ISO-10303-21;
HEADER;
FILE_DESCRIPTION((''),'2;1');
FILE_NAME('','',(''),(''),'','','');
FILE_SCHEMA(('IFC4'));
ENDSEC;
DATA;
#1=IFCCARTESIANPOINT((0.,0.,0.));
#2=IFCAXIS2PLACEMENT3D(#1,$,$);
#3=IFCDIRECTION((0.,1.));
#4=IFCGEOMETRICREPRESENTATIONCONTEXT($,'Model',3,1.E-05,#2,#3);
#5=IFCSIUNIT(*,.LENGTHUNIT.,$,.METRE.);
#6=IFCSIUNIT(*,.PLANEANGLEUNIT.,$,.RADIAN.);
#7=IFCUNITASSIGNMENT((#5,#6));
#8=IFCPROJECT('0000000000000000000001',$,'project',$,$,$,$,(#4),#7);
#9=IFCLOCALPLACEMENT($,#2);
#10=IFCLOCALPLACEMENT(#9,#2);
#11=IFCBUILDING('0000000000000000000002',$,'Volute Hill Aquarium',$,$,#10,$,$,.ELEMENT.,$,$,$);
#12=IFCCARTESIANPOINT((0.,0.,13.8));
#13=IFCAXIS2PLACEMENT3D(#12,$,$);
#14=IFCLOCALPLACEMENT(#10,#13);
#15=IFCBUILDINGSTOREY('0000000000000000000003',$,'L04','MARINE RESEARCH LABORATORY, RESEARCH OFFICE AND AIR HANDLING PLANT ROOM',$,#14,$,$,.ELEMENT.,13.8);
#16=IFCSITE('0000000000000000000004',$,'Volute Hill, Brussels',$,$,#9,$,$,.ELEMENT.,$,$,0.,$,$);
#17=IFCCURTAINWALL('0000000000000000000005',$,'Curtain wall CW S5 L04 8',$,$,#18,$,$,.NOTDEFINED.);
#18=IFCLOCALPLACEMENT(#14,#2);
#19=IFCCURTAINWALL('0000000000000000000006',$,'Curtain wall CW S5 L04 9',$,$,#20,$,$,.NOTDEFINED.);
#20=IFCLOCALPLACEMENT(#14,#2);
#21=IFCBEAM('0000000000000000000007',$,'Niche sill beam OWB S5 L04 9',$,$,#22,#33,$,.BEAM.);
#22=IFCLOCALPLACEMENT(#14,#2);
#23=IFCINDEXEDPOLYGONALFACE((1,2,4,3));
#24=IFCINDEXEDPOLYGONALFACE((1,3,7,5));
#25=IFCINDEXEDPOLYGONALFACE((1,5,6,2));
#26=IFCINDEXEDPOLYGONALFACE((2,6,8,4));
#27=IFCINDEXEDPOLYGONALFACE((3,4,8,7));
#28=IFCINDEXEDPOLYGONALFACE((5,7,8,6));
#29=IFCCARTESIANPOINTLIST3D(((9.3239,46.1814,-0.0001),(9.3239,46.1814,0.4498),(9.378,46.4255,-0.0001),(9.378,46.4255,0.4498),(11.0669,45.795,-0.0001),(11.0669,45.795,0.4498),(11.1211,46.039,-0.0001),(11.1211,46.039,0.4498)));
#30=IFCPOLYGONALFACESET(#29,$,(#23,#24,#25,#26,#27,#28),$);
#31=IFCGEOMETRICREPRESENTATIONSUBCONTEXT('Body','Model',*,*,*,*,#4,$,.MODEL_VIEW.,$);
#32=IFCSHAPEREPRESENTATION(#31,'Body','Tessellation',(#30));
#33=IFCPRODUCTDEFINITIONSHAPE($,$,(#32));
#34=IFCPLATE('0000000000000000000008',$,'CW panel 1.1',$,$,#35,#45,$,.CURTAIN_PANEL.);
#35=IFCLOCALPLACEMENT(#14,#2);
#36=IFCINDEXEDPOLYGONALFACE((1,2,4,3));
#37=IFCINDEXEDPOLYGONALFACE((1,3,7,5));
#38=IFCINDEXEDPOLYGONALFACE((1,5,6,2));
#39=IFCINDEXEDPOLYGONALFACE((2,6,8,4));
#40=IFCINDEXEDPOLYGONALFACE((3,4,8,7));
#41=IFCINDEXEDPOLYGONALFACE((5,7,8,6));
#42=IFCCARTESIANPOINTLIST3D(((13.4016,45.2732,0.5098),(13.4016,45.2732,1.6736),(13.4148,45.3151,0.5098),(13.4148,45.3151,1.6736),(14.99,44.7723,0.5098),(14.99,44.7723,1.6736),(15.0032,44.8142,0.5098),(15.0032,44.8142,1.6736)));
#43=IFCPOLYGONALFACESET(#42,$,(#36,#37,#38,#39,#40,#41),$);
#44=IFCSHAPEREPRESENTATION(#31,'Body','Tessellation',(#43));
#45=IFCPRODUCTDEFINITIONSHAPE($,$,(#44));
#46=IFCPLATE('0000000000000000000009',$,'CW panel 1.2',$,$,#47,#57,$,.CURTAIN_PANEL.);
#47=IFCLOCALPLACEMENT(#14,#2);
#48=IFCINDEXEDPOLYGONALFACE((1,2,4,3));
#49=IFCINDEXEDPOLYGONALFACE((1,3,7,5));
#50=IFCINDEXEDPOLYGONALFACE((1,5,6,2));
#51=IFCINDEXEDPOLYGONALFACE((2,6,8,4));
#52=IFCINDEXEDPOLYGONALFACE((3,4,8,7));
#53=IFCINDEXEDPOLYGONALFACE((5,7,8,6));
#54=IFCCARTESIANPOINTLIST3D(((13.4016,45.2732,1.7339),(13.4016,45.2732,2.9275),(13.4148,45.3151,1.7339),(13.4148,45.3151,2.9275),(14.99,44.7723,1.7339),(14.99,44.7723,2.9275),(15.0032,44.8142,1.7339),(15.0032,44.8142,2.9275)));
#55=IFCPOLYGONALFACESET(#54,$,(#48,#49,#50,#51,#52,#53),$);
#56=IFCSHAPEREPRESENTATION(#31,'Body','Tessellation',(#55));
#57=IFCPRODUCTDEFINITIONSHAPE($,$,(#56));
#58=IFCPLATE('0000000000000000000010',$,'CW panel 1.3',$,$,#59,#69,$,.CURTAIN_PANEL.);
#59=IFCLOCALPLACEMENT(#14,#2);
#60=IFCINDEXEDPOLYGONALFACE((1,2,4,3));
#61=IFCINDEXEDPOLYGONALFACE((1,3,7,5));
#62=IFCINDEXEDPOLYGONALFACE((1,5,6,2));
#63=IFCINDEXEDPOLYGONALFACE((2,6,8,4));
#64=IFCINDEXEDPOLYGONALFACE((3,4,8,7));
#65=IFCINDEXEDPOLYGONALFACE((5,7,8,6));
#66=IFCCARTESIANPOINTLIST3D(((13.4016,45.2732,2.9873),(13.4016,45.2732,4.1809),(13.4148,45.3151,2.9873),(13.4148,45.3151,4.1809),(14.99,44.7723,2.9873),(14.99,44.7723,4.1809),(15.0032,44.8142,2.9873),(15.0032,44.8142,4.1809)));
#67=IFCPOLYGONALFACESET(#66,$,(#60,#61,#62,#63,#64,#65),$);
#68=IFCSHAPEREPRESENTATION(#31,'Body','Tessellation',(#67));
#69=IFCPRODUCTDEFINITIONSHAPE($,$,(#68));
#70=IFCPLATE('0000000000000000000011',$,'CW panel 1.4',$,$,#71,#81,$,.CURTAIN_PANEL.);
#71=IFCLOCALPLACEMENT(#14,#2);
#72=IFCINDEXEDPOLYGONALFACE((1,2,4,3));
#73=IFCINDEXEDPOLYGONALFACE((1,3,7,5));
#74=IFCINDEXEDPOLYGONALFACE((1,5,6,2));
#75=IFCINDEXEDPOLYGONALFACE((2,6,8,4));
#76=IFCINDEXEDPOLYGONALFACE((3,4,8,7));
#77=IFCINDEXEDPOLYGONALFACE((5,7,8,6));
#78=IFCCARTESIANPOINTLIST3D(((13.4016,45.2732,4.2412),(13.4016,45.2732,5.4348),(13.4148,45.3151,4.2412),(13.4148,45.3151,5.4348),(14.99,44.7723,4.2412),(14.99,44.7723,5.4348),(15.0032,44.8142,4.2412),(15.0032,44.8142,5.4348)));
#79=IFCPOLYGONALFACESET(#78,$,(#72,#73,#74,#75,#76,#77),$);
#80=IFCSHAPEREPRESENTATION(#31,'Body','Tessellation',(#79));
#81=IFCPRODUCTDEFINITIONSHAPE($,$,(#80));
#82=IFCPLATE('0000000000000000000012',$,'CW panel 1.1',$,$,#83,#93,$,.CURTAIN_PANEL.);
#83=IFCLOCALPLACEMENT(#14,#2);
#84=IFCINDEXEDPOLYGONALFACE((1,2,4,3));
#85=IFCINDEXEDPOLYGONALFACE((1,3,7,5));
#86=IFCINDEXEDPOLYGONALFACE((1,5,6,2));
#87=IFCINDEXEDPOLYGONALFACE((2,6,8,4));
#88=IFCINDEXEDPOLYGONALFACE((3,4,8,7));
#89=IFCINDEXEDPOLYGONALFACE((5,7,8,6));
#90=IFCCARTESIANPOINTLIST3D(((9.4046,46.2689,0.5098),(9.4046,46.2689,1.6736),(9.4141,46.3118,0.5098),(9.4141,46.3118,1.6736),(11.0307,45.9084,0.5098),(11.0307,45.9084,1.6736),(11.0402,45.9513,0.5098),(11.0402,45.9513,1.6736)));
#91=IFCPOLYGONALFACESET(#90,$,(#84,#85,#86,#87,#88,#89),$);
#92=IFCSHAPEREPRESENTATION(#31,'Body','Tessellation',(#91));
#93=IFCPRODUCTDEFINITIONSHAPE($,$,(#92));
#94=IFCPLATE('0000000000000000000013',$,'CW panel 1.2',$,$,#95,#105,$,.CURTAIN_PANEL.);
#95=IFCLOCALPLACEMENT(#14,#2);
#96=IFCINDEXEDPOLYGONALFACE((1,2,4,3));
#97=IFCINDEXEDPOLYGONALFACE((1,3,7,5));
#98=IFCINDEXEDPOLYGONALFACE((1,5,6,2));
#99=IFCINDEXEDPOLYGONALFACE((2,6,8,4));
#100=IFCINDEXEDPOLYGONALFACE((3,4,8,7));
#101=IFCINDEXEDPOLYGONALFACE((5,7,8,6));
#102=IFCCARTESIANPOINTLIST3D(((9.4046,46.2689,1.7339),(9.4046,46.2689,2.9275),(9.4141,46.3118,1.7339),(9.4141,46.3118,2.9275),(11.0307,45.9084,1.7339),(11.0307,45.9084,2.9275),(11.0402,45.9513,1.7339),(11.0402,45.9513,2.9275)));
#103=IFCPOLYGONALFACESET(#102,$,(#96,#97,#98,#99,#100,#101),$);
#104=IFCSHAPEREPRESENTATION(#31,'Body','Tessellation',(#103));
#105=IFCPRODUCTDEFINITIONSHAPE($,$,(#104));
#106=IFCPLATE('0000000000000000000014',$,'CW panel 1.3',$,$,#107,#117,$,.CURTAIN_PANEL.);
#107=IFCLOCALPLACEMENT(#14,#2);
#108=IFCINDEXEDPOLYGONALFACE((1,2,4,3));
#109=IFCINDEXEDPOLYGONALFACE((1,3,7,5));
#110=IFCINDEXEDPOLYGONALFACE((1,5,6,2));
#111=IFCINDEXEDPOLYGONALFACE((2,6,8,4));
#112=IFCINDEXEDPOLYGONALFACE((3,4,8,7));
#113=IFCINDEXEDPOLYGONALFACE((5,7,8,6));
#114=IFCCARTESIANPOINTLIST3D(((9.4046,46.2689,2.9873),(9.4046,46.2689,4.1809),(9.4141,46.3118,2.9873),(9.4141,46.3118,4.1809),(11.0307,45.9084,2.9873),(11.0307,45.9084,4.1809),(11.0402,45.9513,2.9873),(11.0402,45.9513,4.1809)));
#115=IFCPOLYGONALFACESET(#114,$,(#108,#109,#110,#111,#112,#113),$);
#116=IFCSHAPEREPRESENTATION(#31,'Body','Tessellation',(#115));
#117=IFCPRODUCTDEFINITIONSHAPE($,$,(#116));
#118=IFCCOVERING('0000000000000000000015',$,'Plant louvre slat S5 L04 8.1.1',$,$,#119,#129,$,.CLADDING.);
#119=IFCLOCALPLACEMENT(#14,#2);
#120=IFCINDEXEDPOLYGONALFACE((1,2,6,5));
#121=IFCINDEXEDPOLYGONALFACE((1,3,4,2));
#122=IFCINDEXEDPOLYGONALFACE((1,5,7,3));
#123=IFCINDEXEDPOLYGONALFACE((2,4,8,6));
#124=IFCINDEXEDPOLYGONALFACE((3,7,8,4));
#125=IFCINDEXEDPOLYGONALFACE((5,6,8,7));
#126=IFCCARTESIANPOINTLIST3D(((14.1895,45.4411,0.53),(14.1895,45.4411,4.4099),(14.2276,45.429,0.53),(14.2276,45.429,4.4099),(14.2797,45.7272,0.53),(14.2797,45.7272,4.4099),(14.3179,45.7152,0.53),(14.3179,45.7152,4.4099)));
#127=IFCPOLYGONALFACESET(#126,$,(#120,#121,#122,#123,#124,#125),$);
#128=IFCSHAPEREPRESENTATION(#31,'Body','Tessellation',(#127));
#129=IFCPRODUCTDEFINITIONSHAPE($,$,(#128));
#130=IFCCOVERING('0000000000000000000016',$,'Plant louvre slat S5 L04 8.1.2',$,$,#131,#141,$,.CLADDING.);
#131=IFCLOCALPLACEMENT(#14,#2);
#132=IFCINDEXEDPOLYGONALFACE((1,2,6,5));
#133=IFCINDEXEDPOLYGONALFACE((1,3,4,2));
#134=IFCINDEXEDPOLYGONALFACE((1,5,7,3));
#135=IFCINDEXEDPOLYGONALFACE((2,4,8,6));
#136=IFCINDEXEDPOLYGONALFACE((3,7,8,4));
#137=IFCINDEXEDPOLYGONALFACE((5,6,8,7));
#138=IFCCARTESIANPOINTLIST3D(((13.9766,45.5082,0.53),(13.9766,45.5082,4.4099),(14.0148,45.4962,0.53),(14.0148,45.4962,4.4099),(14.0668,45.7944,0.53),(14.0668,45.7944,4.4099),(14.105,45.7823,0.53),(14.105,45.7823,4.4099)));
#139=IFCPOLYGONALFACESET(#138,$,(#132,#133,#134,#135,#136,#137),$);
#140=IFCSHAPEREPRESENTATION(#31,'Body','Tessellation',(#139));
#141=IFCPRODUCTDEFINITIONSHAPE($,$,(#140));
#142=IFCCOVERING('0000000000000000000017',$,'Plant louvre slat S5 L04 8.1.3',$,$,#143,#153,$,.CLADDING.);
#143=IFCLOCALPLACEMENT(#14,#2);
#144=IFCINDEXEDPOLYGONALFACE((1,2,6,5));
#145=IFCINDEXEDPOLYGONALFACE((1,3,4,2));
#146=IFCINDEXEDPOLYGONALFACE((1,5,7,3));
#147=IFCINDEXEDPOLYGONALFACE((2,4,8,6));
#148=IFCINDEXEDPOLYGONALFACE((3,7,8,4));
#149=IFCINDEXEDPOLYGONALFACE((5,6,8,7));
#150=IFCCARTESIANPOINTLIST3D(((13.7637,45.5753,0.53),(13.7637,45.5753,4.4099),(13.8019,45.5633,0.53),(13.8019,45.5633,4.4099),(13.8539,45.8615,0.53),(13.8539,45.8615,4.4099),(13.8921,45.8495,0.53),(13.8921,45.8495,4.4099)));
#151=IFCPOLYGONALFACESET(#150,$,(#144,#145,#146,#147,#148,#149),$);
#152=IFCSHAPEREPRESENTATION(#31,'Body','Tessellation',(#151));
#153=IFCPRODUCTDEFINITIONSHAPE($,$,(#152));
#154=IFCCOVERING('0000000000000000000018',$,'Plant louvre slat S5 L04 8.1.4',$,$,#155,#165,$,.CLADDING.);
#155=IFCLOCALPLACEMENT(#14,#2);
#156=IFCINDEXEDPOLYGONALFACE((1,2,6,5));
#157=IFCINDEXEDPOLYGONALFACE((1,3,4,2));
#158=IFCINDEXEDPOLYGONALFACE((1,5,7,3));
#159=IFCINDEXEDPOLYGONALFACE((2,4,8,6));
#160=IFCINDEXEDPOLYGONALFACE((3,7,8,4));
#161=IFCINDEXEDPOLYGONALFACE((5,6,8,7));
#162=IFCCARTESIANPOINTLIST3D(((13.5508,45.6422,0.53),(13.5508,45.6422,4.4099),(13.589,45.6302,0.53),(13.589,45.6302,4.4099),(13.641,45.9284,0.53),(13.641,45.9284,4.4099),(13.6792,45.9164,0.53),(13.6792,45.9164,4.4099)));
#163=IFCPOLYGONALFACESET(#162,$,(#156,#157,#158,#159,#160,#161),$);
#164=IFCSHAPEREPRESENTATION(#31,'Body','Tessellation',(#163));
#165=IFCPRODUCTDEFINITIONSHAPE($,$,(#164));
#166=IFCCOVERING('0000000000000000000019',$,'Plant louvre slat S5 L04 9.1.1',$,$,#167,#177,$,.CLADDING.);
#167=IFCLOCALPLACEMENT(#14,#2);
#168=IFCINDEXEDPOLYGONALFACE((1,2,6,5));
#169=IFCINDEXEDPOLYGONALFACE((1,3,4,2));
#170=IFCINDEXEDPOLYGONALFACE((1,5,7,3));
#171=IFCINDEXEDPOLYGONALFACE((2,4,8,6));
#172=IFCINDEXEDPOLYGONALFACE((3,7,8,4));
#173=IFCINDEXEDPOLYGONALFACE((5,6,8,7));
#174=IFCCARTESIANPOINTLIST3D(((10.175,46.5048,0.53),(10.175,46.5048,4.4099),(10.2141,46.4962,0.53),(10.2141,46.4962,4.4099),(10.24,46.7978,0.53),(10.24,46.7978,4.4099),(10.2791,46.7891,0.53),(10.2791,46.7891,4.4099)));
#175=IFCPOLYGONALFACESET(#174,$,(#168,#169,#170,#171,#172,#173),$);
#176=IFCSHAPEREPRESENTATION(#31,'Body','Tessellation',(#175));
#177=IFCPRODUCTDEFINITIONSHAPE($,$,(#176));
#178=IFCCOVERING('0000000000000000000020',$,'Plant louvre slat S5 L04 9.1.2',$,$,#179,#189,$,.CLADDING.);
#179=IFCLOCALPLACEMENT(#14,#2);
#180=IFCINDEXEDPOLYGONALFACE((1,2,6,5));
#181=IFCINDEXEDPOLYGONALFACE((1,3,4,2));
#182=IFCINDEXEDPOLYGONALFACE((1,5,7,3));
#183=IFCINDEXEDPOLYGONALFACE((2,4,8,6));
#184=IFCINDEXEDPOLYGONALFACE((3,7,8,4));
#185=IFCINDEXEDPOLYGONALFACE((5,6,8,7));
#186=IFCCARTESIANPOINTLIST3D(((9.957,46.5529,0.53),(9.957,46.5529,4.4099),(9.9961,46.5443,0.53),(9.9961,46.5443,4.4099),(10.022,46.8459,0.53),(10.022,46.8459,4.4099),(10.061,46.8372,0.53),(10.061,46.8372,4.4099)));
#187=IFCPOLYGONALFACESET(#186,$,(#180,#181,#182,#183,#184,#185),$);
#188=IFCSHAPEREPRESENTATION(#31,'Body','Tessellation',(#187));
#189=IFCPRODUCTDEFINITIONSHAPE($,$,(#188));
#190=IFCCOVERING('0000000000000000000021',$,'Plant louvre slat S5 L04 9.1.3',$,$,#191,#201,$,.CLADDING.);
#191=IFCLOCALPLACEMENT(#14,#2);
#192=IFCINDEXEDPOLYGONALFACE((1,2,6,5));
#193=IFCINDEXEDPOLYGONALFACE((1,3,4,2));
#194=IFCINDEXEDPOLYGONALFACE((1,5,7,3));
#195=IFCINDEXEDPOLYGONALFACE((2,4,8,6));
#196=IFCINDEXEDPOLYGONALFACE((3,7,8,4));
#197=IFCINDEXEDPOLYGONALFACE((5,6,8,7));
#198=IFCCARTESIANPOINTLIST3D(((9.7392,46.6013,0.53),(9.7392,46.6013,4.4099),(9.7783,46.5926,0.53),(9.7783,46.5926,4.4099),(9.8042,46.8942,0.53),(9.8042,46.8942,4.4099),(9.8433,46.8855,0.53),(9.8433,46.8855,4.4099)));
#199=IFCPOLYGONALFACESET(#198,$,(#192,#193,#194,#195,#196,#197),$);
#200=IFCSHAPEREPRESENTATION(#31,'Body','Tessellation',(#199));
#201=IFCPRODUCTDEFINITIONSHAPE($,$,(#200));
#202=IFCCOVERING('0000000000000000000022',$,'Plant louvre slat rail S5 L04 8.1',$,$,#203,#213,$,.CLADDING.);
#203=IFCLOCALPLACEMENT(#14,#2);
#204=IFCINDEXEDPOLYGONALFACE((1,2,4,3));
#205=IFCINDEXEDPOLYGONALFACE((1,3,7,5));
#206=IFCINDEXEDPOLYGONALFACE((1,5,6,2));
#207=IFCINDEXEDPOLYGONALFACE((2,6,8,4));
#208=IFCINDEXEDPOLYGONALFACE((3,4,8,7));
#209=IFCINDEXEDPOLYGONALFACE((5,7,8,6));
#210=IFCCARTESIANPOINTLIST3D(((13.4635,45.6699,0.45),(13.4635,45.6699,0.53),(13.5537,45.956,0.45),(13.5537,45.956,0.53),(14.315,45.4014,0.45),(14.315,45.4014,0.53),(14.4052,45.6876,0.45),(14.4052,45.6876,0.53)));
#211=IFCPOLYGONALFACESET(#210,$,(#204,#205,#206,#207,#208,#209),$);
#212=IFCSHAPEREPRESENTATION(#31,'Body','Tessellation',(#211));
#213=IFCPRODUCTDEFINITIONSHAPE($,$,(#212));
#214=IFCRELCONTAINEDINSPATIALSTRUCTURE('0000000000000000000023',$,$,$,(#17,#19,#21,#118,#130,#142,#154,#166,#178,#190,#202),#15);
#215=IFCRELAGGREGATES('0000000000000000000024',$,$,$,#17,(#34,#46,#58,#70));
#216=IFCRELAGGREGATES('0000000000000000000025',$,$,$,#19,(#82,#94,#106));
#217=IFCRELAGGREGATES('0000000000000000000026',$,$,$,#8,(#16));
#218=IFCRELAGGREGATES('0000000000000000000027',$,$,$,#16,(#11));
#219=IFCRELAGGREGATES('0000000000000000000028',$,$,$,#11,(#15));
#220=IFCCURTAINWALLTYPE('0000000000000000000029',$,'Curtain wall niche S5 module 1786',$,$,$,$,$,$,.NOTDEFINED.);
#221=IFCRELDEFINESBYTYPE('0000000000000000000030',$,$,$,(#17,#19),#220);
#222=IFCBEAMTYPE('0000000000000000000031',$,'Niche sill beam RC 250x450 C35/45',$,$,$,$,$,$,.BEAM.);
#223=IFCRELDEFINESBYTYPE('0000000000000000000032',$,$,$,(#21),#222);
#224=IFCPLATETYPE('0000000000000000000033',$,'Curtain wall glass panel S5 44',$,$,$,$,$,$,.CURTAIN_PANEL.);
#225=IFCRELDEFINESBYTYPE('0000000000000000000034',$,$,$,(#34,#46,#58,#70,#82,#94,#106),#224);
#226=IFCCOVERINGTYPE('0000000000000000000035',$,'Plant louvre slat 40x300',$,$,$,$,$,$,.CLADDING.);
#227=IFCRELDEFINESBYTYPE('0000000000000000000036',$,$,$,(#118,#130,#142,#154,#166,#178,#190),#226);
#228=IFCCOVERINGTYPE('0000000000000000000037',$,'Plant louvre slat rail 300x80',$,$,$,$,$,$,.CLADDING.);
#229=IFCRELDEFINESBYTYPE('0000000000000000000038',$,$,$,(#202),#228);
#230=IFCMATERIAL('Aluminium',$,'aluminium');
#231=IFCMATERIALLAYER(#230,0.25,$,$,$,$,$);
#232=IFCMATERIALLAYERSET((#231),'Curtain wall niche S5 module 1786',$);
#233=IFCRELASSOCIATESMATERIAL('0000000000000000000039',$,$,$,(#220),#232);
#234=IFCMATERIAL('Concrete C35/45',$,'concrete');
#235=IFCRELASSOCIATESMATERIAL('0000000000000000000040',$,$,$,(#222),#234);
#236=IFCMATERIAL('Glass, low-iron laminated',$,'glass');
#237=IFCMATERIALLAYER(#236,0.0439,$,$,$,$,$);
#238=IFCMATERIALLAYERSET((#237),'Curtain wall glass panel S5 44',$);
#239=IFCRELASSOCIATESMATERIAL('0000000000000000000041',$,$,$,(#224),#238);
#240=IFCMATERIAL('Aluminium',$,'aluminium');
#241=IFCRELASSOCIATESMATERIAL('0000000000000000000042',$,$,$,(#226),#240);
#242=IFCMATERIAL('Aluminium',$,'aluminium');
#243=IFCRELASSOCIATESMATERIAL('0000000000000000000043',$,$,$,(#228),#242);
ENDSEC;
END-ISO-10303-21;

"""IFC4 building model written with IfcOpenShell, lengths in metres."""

from ifc_helpers import new_model, si_unit, direction, frame, origin, origin_2d, place, context, subcontext, project, spatial, rectangle, extrude, material, layer, layer_set, material_profile, profile_set, type_object, element, aggregate, save


model = new_model("IFC4")

# Units and contexts
model_context = context("Model", 3, precision=1e-05, world=origin(), true_north=direction((0.0, 1.0)))
body_context = subcontext(model_context, "Body", "Model", "MODEL_VIEW")
ifc_project = project(units=[si_unit("LENGTHUNIT", "METRE"), si_unit("PLANEANGLEUNIT", "RADIAN")], contexts=[model_context])

# Site, building, storey
site_placement = place(None, origin())
site = spatial("IfcSite", under=ifc_project, at=site_placement, Name="Volute Hill, Brussels", CompositionType="ELEMENT", RefElevation=0.0)
building_placement = place(site_placement, origin())
building = spatial("IfcBuilding", under=site, at=building_placement, Name="Volute Hill Aquarium", CompositionType="ELEMENT")
storey_placement = place(building_placement, frame((0.0, 0.0, 13.8)))
storey = spatial("IfcBuildingStorey", under=building, at=storey_placement, Name="L04", Description="MARINE RESEARCH LABORATORY, RESEARCH OFFICE AND AIR HANDLING PLANT ROOM", CompositionType="ELEMENT", Elevation=13.8)

# Curtain wall
ifc_material_1 = material(Name="Aluminium", Category="aluminium")
ifc_layer_1 = layer(ifc_material_1, 0.25)
ifc_layer_set_1 = layer_set([ifc_layer_1], Name="Curtain wall niche S5 module 1786")
curtain_wall_type = type_object("IfcCurtainWallType", Name="Curtain wall niche S5 module 1786", PredefinedType="NOTDEFINED", material=ifc_layer_set_1)
curtain_wall_1_placement = place(storey_placement, origin())
curtain_wall_1 = element("IfcCurtainWall", 1, at=curtain_wall_1_placement, inside=storey, type_object=curtain_wall_type, Name="Curtain wall CW S5 L04 8", PredefinedType="NOTDEFINED")

# Curtain wall
curtain_wall_2_placement = place(storey_placement, origin())
curtain_wall_2 = element("IfcCurtainWall", 2, at=curtain_wall_2_placement, inside=storey, type_object=curtain_wall_type, Name="Curtain wall CW S5 L04 9", PredefinedType="NOTDEFINED")

# Beam
ifc_material_2 = material(Name="Concrete C35/45", Category="concrete")
ifc_material_profile_1 = material_profile(ifc_material_2, rectangle(XDim=0.25, YDim=0.45, at=origin_2d()), Name="RC beam 250x450")
ifc_profile_set_1 = profile_set([ifc_material_profile_1], Name="Concrete C35/45")
beam_type_1 = type_object("IfcBeamType", Name="Niche sill beam RC 250x450 C35/45", PredefinedType="BEAM", material=ifc_profile_set_1)
for number, where, z_axis, x_axis, name in (
    (3, (11.094, 45.917, 0.2249), (-0.976293, 0.216453, 0.0), (-0.216453, -0.976293, 0.0), "Niche sill beam OWB S5 L04 9"),
):
    element("IfcBeam", number, at=place(storey_placement, frame(where, z_axis=z_axis, x_axis=x_axis)), inside=storey, type_object=beam_type_1, Name=name, PredefinedType="BEAM", context=body_context, shape_type="SweptSolid", body=[
        extrude(rectangle(XDim=0.25, YDim=0.45, at=origin_2d()), origin(), (0.0, 0.0, 1.0), 1.7854),
    ])

# Plates
ifc_material_3 = material(Name="Glass, low-iron laminated", Category="glass")
ifc_layer_2 = layer(ifc_material_3, 0.0439)
ifc_layer_set_2 = layer_set([ifc_layer_2], Name="Curtain wall glass panel S5 44")
plate_type = type_object("IfcPlateType", Name="Curtain wall glass panel S5 44", PredefinedType="CURTAIN_PANEL", material=ifc_layer_set_2)
plate_1_placement = place(storey_placement, frame((14.2024, 45.0437, 0.5098), z_axis=(0.0, 0.0, 1.0), x_axis=(-0.953718, 0.300704, 0.0)))
plate_1 = element("IfcPlate", 4, at=plate_1_placement, type_object=plate_type, Name="CW panel 1.1", PredefinedType="CURTAIN_PANEL", context=body_context, shape_type="SweptSolid", body=[
    extrude(rectangle(XDim=1.6655, YDim=0.0439, at=origin_2d()), origin(), (0.0, 0.0, 1.0), 1.1638),
])
plate_2_placement = place(storey_placement, frame((14.2024, 45.0437, 1.7339), z_axis=(0.0, 0.0, 1.0), x_axis=(-0.953718, 0.300704, 0.0)))
plate_2 = element("IfcPlate", 5, at=plate_2_placement, type_object=plate_type, Name="CW panel 1.2", PredefinedType="CURTAIN_PANEL", context=body_context, shape_type="SweptSolid", body=[
    extrude(rectangle(XDim=1.6655, YDim=0.0439, at=origin_2d()), origin(), (0.0, 0.0, 1.0), 1.1936),
])
plate_3_placement = place(storey_placement, frame((14.2024, 45.0437, 2.9873), z_axis=(0.0, 0.0, 1.0), x_axis=(-0.953718, 0.300704, 0.0)))
plate_3 = element("IfcPlate", 6, at=plate_3_placement, type_object=plate_type, Name="CW panel 1.3", PredefinedType="CURTAIN_PANEL", context=body_context, shape_type="SweptSolid", body=[
    extrude(rectangle(XDim=1.6655, YDim=0.0439, at=origin_2d()), origin(), (0.0, 0.0, 1.0), 1.1936),
])
plate_4_placement = place(storey_placement, frame((14.2024, 45.0437, 4.2412), z_axis=(0.0, 0.0, 1.0), x_axis=(-0.953718, 0.300704, 0.0)))
plate_4 = element("IfcPlate", 7, at=plate_4_placement, type_object=plate_type, Name="CW panel 1.4", PredefinedType="CURTAIN_PANEL", context=body_context, shape_type="SweptSolid", body=[
    extrude(rectangle(XDim=1.6655, YDim=0.0439, at=origin_2d()), origin(), (0.0, 0.0, 1.0), 1.1936),
])
aggregate(curtain_wall_1, [plate_1, plate_2, plate_3, plate_4])
plate_5_placement = place(storey_placement, frame((10.2224, 46.1101, 0.5098), z_axis=(0.0, 0.0, 1.0), x_axis=(-0.9763, 0.216422, 0.0)))
plate_5 = element("IfcPlate", 8, at=plate_5_placement, type_object=plate_type, Name="CW panel 1.1", PredefinedType="CURTAIN_PANEL", context=body_context, shape_type="SweptSolid", body=[
    extrude(rectangle(XDim=1.6655, YDim=0.0439, at=origin_2d()), origin(), (0.0, 0.0, 1.0), 1.1638),
])
plate_6_placement = place(storey_placement, frame((10.2224, 46.1101, 1.7339), z_axis=(0.0, 0.0, 1.0), x_axis=(-0.9763, 0.216422, 0.0)))
plate_6 = element("IfcPlate", 9, at=plate_6_placement, type_object=plate_type, Name="CW panel 1.2", PredefinedType="CURTAIN_PANEL", context=body_context, shape_type="SweptSolid", body=[
    extrude(rectangle(XDim=1.6655, YDim=0.0439, at=origin_2d()), origin(), (0.0, 0.0, 1.0), 1.1936),
])
plate_7_placement = place(storey_placement, frame((10.2224, 46.1101, 2.9873), z_axis=(0.0, 0.0, 1.0), x_axis=(-0.9763, 0.216422, 0.0)))
plate_7 = element("IfcPlate", 10, at=plate_7_placement, type_object=plate_type, Name="CW panel 1.3", PredefinedType="CURTAIN_PANEL", context=body_context, shape_type="SweptSolid", body=[
    extrude(rectangle(XDim=1.6655, YDim=0.0439, at=origin_2d()), origin(), (0.0, 0.0, 1.0), 1.1936),
])
aggregate(curtain_wall_2, [plate_5, plate_6, plate_7])

# Coverings
ifc_material_4 = material(Name="Aluminium", Category="aluminium")
covering_type_1 = type_object("IfcCoveringType", Name="Plant louvre slat 40x300", PredefinedType="CLADDING", material=ifc_material_4)
for number, where, z_axis, x_axis, name in (
    (11, (14.2537, 45.5781, 0.53), (0.0, 0.0, 1.0), (-0.953718, 0.300704, 0.0), "Plant louvre slat S5 L04 8.1.1"),
    (12, (14.0408, 45.6453, 0.53), (0.0, 0.0, 1.0), (-0.953718, 0.300704, 0.0), "Plant louvre slat S5 L04 8.1.2"),
    (13, (13.8279, 45.7124, 0.53), (0.0, 0.0, 1.0), (-0.953718, 0.300704, 0.0), "Plant louvre slat S5 L04 8.1.3"),
    (14, (13.615, 45.7793, 0.53), (0.0, 0.0, 1.0), (-0.953718, 0.300704, 0.0), "Plant louvre slat S5 L04 8.1.4"),
    (15, (10.2271, 46.647, 0.53), (0.0, 0.0, 1.0), (-0.9763, 0.216423, 0.0), "Plant louvre slat S5 L04 9.1.1"),
    (16, (10.009, 46.6951, 0.53), (0.0, 0.0, 1.0), (-0.9763, 0.216423, 0.0), "Plant louvre slat S5 L04 9.1.2"),
    (17, (9.7913, 46.7434, 0.53), (0.0, 0.0, 1.0), (-0.9763, 0.216423, 0.0), "Plant louvre slat S5 L04 9.1.3"),
):
    element("IfcCovering", number, at=place(storey_placement, frame(where, z_axis=z_axis, x_axis=x_axis)), inside=storey, type_object=covering_type_1, Name=name, PredefinedType="CLADDING", context=body_context, shape_type="SweptSolid", body=[
        extrude(rectangle(XDim=0.04, YDim=0.3, at=origin_2d()), origin(), (0.0, 0.0, 1.0), 3.8799),
    ])
ifc_material_5 = material(Name="Aluminium", Category="aluminium")
covering_type_2 = type_object("IfcCoveringType", Name="Plant louvre slat rail 300x80", PredefinedType="CLADDING", material=ifc_material_5)
for number, where, z_axis, x_axis, name in (
    (18, (13.9343, 45.6787, 0.45), (0.0, 0.0, 1.0), (-0.953718, 0.300704, 0.0), "Plant louvre slat rail S5 L04 8.1"),
):
    element("IfcCovering", number, at=place(storey_placement, frame(where, z_axis=z_axis, x_axis=x_axis)), inside=storey, type_object=covering_type_2, Name=name, PredefinedType="CLADDING", context=body_context, shape_type="SweptSolid", body=[
        extrude(rectangle(XDim=0.8928, YDim=0.3, at=origin_2d()), origin(), (0.0, 0.0, 1.0), 0.0801),
    ])

save(model, "model.ifc")
